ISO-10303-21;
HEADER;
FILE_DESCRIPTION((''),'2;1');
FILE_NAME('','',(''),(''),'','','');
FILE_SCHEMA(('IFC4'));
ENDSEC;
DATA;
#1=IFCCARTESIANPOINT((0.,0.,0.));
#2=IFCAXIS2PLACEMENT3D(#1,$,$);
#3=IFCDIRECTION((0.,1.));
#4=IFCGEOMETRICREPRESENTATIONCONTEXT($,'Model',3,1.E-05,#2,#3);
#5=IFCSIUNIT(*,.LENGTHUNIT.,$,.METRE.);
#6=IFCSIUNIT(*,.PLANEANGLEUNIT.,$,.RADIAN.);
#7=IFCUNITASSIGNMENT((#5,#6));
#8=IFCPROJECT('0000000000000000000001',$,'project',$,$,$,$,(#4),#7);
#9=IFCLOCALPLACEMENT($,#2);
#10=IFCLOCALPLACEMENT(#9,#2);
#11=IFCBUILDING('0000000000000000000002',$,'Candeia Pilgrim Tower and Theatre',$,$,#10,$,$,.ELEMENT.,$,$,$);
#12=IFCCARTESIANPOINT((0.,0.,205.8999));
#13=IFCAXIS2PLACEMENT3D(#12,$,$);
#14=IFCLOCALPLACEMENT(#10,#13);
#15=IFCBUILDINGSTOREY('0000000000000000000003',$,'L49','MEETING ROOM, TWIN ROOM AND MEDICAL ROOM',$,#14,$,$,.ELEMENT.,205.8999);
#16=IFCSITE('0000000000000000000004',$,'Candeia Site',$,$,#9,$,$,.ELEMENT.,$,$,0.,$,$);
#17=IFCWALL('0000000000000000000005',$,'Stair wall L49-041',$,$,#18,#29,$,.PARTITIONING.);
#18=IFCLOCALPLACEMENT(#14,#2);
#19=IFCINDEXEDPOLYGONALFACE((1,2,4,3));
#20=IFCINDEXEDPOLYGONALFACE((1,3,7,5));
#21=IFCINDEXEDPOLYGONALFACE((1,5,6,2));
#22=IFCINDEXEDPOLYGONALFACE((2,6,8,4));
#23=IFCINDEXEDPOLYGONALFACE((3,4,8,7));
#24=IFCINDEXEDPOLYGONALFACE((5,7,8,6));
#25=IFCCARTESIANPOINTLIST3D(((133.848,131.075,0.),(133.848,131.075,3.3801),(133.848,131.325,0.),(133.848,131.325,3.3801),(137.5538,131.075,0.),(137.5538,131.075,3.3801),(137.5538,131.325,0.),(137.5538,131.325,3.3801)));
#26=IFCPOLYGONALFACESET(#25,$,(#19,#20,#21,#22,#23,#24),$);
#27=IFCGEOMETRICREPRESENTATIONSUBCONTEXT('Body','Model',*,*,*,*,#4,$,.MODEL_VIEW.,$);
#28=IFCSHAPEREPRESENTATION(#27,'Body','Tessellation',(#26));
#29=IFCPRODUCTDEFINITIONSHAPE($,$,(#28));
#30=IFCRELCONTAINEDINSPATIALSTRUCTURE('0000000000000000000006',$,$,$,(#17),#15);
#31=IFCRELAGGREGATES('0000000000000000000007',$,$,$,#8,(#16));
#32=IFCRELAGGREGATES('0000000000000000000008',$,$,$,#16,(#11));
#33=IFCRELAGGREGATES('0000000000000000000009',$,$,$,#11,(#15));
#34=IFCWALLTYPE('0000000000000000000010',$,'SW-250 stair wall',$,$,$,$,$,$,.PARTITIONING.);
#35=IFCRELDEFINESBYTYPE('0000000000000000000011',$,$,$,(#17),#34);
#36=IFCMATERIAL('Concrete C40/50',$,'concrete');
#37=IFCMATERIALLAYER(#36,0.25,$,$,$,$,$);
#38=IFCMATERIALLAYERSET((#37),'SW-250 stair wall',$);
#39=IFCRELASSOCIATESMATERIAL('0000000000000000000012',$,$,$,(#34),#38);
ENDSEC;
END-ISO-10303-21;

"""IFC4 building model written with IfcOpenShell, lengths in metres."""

from ifc_helpers import new_model, si_unit, direction, frame, frame_2d, origin, place, context, subcontext, project, spatial, rectangle, extrude, material, layer, layer_set, type_object, element, save


model = new_model("IFC4")

# Units and contexts
model_context = context("Model", 3, precision=1e-05, world=origin(), true_north=direction((0.0, 1.0)))
body_context = subcontext(model_context, "Body", "Model", "MODEL_VIEW")
ifc_project = project(units=[si_unit("LENGTHUNIT", "METRE"), si_unit("PLANEANGLEUNIT", "RADIAN")], contexts=[model_context])

# Site, building, storey
site_placement = place(None, origin())
site = spatial("IfcSite", under=ifc_project, at=site_placement, Name="Candeia Site", CompositionType="ELEMENT", RefElevation=0.0)
building_placement = place(site_placement, origin())
building = spatial("IfcBuilding", under=site, at=building_placement, Name="Candeia Pilgrim Tower and Theatre", CompositionType="ELEMENT")
storey_placement = place(building_placement, frame((0.0, 0.0, 205.8999)))
storey = spatial("IfcBuildingStorey", under=building, at=storey_placement, Name="L49", Description="MEETING ROOM, TWIN ROOM AND MEDICAL ROOM", CompositionType="ELEMENT", Elevation=205.8999)

# Shared definitions
ifc_material_1 = material(Name="Concrete C40/50", Category="concrete")

# Wall
ifc_layer_1 = layer(ifc_material_1, 0.25)
ifc_layer_set_1 = layer_set([ifc_layer_1], Name="SW-250 stair wall")
wall_type_1 = type_object("IfcWallType", Name="SW-250 stair wall", PredefinedType="PARTITIONING", material=ifc_layer_set_1)
wall_1_placement = place(storey_placement, frame((133.8479, 131.2, 0.0), z_axis=(0.0, 0.0, 1.0), x_axis=(1.0, 0.0, 0.0)))
element("IfcWall", 1, at=wall_1_placement, inside=storey, type_object=wall_type_1, Name="Stair wall L49-041", PredefinedType="PARTITIONING", context=body_context, shape_type="SweptSolid", body=[
    extrude(rectangle(XDim=3.7058, YDim=0.25, at=frame_2d((1.853, 0.0))), origin(), (0.0, 0.0, 1.0), 3.3801),
])

save(model, "model.ifc")
